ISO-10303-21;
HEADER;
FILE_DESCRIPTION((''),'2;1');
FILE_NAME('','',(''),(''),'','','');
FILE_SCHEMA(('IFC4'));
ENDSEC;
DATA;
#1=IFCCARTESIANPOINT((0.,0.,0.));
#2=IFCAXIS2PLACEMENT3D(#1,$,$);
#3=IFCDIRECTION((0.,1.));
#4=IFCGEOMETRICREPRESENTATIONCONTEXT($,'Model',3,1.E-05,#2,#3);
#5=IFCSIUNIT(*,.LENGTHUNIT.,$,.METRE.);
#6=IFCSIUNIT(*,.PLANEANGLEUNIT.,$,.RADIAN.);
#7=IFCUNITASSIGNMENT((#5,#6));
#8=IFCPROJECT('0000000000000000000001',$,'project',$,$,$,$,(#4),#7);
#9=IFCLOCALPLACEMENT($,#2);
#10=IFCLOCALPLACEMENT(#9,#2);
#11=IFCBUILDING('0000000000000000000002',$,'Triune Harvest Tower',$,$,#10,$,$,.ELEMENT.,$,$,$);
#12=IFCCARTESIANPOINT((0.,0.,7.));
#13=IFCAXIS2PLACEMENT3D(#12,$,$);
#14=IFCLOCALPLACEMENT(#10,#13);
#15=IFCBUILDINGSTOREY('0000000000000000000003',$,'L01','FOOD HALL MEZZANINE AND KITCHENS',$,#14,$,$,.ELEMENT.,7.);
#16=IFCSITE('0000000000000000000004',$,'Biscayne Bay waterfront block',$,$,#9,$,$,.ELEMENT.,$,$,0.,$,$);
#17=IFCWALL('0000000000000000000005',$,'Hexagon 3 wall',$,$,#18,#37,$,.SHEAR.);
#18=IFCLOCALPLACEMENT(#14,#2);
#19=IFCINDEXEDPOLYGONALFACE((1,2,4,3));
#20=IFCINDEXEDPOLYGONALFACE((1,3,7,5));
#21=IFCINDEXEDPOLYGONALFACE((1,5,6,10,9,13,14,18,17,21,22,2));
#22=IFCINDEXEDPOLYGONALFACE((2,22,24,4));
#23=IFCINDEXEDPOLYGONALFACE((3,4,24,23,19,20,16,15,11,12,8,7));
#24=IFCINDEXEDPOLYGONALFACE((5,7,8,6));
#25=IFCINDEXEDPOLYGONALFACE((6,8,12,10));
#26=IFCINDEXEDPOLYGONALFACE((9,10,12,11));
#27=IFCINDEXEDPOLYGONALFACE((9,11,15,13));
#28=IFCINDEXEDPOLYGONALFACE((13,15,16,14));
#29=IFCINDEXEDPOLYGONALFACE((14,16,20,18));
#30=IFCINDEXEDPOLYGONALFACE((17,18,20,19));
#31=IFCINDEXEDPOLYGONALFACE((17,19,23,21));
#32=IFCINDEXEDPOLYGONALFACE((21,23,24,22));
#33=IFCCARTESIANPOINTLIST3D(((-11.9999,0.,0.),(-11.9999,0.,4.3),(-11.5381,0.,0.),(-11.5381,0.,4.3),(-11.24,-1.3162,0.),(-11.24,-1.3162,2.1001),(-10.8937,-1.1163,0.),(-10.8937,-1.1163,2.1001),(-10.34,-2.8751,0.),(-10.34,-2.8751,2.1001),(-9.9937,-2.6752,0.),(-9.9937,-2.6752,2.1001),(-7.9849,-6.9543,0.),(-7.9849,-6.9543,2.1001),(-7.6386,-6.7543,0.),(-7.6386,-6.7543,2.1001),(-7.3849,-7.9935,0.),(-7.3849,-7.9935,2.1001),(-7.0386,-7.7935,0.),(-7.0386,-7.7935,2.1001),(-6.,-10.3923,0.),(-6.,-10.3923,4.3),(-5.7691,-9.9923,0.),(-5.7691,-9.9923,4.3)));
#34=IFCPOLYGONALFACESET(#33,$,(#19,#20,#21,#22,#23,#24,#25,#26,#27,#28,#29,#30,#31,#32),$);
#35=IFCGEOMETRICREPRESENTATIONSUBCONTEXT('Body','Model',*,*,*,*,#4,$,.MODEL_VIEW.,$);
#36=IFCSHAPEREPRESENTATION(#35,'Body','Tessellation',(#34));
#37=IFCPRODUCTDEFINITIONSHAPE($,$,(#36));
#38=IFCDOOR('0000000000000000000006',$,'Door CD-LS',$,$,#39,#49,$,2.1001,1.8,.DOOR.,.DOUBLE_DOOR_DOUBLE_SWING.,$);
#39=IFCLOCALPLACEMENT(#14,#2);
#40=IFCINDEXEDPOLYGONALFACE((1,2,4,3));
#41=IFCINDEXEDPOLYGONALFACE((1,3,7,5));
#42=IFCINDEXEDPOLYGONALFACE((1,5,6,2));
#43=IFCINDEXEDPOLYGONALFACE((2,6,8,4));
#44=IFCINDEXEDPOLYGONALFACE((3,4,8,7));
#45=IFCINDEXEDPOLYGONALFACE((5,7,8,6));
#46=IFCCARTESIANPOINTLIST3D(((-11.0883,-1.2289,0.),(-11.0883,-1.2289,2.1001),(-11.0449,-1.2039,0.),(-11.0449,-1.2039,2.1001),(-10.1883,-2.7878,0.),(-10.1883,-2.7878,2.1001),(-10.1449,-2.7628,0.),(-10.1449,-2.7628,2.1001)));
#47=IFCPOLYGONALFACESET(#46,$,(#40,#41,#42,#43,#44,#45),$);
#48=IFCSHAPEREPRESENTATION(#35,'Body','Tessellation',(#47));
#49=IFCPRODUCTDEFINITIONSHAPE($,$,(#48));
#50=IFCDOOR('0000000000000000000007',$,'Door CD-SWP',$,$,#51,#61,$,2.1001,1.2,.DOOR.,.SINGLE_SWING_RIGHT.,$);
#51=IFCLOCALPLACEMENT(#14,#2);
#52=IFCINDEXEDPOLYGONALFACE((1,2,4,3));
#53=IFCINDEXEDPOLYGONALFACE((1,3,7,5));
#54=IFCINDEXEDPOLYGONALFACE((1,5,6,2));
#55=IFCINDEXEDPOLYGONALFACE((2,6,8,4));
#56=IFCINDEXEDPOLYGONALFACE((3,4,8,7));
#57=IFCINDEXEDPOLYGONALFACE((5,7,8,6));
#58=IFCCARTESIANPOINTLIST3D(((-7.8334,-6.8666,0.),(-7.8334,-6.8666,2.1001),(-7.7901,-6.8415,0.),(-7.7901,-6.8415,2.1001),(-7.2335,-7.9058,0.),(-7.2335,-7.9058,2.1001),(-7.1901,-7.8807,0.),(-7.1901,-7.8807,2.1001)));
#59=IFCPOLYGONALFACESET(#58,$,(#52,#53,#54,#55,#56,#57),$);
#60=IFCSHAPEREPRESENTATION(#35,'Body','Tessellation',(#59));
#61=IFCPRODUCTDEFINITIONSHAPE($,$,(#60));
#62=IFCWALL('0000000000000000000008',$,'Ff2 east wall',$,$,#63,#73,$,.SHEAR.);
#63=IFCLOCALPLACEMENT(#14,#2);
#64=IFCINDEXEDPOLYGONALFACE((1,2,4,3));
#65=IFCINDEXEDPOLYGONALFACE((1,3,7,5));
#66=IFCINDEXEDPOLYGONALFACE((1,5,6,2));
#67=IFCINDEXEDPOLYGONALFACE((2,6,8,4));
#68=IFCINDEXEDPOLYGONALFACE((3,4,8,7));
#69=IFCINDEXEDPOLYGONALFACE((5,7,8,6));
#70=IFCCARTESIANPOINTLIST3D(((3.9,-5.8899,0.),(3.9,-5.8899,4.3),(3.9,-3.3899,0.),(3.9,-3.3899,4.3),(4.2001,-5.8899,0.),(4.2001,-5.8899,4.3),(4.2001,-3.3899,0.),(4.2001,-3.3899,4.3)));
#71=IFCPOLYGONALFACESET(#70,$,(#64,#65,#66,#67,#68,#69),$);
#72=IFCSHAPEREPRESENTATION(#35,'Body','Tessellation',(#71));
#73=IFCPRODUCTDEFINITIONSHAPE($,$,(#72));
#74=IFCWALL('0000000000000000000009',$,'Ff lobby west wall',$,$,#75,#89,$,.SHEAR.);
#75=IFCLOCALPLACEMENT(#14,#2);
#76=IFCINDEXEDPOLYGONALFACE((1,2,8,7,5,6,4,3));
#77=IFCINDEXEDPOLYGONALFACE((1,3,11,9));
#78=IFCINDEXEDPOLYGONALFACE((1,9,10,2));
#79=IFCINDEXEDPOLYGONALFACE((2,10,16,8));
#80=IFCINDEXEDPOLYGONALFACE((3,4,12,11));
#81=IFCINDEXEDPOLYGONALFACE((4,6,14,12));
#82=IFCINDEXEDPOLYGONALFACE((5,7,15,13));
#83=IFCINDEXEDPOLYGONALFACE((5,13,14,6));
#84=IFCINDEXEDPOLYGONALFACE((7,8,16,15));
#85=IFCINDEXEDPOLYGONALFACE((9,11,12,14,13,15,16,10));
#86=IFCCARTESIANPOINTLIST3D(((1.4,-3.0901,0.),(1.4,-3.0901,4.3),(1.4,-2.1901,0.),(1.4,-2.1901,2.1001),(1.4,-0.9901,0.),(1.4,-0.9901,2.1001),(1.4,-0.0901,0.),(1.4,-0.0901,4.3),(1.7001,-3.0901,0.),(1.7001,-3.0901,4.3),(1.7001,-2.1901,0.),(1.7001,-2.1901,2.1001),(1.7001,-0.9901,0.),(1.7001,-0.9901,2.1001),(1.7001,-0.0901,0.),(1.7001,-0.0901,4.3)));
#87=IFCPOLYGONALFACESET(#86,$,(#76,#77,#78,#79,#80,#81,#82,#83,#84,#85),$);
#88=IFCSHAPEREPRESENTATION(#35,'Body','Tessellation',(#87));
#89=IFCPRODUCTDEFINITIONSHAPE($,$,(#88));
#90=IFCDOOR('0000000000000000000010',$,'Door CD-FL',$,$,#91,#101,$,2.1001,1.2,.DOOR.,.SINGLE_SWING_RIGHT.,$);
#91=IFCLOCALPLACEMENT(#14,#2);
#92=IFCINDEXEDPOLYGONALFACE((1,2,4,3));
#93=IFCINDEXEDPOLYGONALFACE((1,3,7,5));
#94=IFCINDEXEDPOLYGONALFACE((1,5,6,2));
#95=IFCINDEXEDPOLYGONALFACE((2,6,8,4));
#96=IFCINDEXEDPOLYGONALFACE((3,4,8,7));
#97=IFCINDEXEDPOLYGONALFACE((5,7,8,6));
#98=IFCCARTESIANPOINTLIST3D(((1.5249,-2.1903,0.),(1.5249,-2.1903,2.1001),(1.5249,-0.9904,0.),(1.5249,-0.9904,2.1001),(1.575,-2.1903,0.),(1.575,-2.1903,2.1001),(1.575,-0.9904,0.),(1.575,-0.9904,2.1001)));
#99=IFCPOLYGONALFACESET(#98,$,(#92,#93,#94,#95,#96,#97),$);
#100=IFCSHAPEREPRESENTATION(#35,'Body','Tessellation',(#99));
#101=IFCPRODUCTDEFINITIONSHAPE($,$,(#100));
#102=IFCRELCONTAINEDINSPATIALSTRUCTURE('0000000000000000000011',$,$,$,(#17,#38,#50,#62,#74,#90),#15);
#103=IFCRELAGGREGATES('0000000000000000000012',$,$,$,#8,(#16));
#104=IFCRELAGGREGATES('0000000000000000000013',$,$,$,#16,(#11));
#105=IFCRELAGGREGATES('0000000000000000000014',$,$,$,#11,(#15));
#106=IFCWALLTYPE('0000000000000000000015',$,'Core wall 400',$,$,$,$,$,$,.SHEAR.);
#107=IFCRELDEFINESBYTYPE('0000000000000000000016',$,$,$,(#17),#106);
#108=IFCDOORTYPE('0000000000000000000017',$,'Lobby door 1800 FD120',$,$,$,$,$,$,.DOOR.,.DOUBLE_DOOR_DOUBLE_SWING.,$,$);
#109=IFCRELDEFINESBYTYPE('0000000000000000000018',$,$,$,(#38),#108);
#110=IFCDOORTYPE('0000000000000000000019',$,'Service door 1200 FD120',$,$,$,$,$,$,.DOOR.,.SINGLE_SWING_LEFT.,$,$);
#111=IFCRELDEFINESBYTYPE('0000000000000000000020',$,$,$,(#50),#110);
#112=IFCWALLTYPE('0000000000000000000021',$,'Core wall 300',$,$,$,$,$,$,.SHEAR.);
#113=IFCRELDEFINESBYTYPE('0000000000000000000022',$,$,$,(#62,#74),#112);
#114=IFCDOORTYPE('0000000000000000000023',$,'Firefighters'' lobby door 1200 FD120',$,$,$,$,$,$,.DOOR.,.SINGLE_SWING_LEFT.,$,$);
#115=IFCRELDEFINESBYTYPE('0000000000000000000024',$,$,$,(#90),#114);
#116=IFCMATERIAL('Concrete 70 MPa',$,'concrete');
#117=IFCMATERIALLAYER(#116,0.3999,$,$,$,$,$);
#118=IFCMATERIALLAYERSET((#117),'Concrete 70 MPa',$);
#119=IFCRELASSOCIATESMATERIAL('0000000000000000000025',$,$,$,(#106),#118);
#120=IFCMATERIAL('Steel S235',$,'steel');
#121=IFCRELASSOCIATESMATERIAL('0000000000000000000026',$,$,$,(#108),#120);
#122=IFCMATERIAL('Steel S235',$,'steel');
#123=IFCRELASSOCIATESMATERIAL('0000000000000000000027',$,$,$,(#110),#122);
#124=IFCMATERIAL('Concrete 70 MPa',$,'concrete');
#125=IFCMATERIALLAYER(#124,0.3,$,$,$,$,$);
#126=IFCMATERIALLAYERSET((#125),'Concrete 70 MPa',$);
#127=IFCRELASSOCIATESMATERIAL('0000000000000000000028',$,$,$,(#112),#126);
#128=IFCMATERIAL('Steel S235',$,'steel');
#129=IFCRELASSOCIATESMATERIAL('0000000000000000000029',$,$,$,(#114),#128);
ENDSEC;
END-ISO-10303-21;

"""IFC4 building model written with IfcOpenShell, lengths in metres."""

from ifc_helpers import new_model, si_unit, direction, frame, frame_2d, origin, place, context, subcontext, project, spatial, polyline, rectangle, outline, extrude, source, transform, mapped, material, layer, layer_set, type_object, element, fill, save


model = new_model("IFC4")

# Units and contexts
model_context = context("Model", 3, precision=1e-05, world=origin(), true_north=direction((0.0, 1.0)))
body_context = subcontext(model_context, "Body", "Model", "MODEL_VIEW")
ifc_project = project(units=[si_unit("LENGTHUNIT", "METRE"), si_unit("PLANEANGLEUNIT", "RADIAN")], contexts=[model_context])

# Site, building, storey
site_placement = place(None, origin())
site = spatial("IfcSite", under=ifc_project, at=site_placement, Name="Biscayne Bay waterfront block", CompositionType="ELEMENT", RefElevation=0.0)
building_placement = place(site_placement, origin())
building = spatial("IfcBuilding", under=site, at=building_placement, Name="Triune Harvest Tower", CompositionType="ELEMENT")
storey_placement = place(building_placement, frame((0.0, 0.0, 7.0)))
storey = spatial("IfcBuildingStorey", under=building, at=storey_placement, Name="L01", Description="FOOD HALL MEZZANINE AND KITCHENS", CompositionType="ELEMENT", Elevation=7.0)

# Wall, openings, doors
ifc_material_1 = material(Name="Concrete 70 MPa", Category="concrete")
ifc_layer_1 = layer(ifc_material_1, 0.3999)
ifc_layer_set_1 = layer_set([ifc_layer_1], Name="Concrete 70 MPa")
wall_type_1 = type_object("IfcWallType", Name="Core wall 400", PredefinedType="SHEAR", material=ifc_layer_set_1)
shared_shape_1 = source(origin(), body_context, "Body", "SweptSolid", [
    extrude(outline(polyline([(-0.1155, -0.2), (11.8845, -0.2), (11.6536, 0.2), (0.1155, 0.2), (-0.1155, -0.2)])), origin(), (0.0, 0.0, 1.0), 4.3),
])
wall_1_placement = place(storey_placement, frame((-11.769, 0.0, 0.0), z_axis=(0.0, 0.0, 1.0), x_axis=(0.499997, -0.866027, 0.0)))
wall_1 = element("IfcWall", 1, at=wall_1_placement, inside=storey, type_object=wall_type_1, Name="Hexagon 3 wall", PredefinedType="SHEAR", context=body_context, shape_type="MappedRepresentation", body=[
    mapped(shared_shape_1, transform((0.0, 0.0, 0.0), scale=1.0)),
])
opening_1_placement = place(wall_1_placement, frame((1.4045, 0.0, 0.0)))
opening_1 = element("IfcOpeningElement", 2, at=opening_1_placement, cuts=wall_1, PredefinedType="OPENING", context=body_context, shape_type="SweptSolid", body=[
    extrude(rectangle(XDim=1.8, YDim=2.1001, at=frame_2d((0.8999, 1.05))), frame((0.0, 0.21, 0.0), z_axis=(0.0, -1.0, 0.0), x_axis=(1.0, 0.0, 0.0)), (0.0, 0.0, 1.0), 0.4199),
])
opening_2_placement = place(wall_1_placement, frame((7.9146, 0.0, 0.0)))
opening_2 = element("IfcOpeningElement", 3, at=opening_2_placement, cuts=wall_1, PredefinedType="OPENING", context=body_context, shape_type="SweptSolid", body=[
    extrude(rectangle(XDim=1.2, YDim=2.1001, at=frame_2d((0.6001, 1.05))), frame((0.0, 0.21, 0.0), z_axis=(0.0, -1.0, 0.0), x_axis=(1.0, 0.0, 0.0)), (0.0, 0.0, 1.0), 0.4199),
])
ifc_material_2 = material(Name="Steel S235", Category="steel")
door_type_1 = type_object("IfcDoorType", Name="Lobby door 1800 FD120", OperationType="DOUBLE_DOOR_DOUBLE_SWING", PredefinedType="DOOR", material=ifc_material_2)
door_1_placement = place(opening_1_placement, frame((1.8, 0.0, 0.0), z_axis=(0.0, 0.0, 1.0), x_axis=(-1.0, 0.0, 0.0)))
door_1 = element("IfcDoor", 4, at=door_1_placement, inside=storey, type_object=door_type_1, Name="Door CD-LS", OperationType="DOUBLE_DOOR_DOUBLE_SWING", OverallHeight=2.1001, OverallWidth=1.8, PredefinedType="DOOR", context=body_context, shape_type="SweptSolid", body=[
    extrude(rectangle(XDim=1.8, YDim=2.1001, at=frame_2d((0.8999, 1.05))), frame((0.0, 0.0249, 0.0), z_axis=(0.0, -1.0, 0.0), x_axis=(1.0, 0.0, 0.0)), (0.0, 0.0, 1.0), 0.05),
])
fill(opening_1, door_1)
ifc_material_3 = material(Name="Steel S235", Category="steel")
door_type_2 = type_object("IfcDoorType", Name="Service door 1200 FD120", OperationType="SINGLE_SWING_LEFT", PredefinedType="DOOR", material=ifc_material_3)
door_2_placement = place(opening_2_placement, frame((1.2, 0.0, 0.0), z_axis=(0.0, 0.0, 1.0), x_axis=(-1.0, 0.0, 0.0)))
door_2 = element("IfcDoor", 5, at=door_2_placement, inside=storey, type_object=door_type_2, Name="Door CD-SWP", OperationType="SINGLE_SWING_RIGHT", OverallHeight=2.1001, OverallWidth=1.2, PredefinedType="DOOR", context=body_context, shape_type="SweptSolid", body=[
    extrude(rectangle(XDim=1.2, YDim=2.1001, at=frame_2d((0.6001, 1.05))), frame((0.0, 0.0249, 0.0), z_axis=(0.0, -1.0, 0.0), x_axis=(1.0, 0.0, 0.0)), (0.0, 0.0, 1.0), 0.05),
])
fill(opening_2, door_2)

# Wall
ifc_material_4 = material(Name="Concrete 70 MPa", Category="concrete")
ifc_layer_2 = layer(ifc_material_4, 0.3)
ifc_layer_set_2 = layer_set([ifc_layer_2], Name="Concrete 70 MPa")
wall_type_2 = type_object("IfcWallType", Name="Core wall 300", PredefinedType="SHEAR", material=ifc_layer_set_2)
shared_shape_2 = source(origin(), body_context, "Body", "SweptSolid", [
    extrude(rectangle(XDim=2.5, YDim=0.3, at=frame_2d((1.25, 0.0))), origin(), (0.0, 0.0, 1.0), 4.3),
])
wall_2_placement = place(storey_placement, frame((4.05, -5.8899, 0.0), z_axis=(0.0, 0.0, 1.0), x_axis=(0.0, 1.0, 0.0)))
element("IfcWall", 6, at=wall_2_placement, inside=storey, type_object=wall_type_2, Name="Ff2 east wall", PredefinedType="SHEAR", context=body_context, shape_type="MappedRepresentation", body=[
    mapped(shared_shape_2, transform((0.0, 0.0, 0.0), scale=1.0)),
])

# Wall, opening, door
shared_shape_3 = source(origin(), body_context, "Body", "SweptSolid", [
    extrude(rectangle(XDim=3.0, YDim=0.3, at=frame_2d((1.5, 0.0))), origin(), (0.0, 0.0, 1.0), 4.3),
])
wall_3_placement = place(storey_placement, frame((1.55, -3.0901, 0.0), z_axis=(0.0, 0.0, 1.0), x_axis=(0.0, 1.0, 0.0)))
wall_3 = element("IfcWall", 7, at=wall_3_placement, inside=storey, type_object=wall_type_2, Name="Ff lobby west wall", PredefinedType="SHEAR", context=body_context, shape_type="MappedRepresentation", body=[
    mapped(shared_shape_3, transform((0.0, 0.0, 0.0), scale=1.0)),
])
opening_3_placement = place(wall_3_placement, frame((0.8999, 0.0, 0.0)))
opening_3 = element("IfcOpeningElement", 8, at=opening_3_placement, cuts=wall_3, PredefinedType="OPENING", context=body_context, shape_type="SweptSolid", body=[
    extrude(rectangle(XDim=1.2, YDim=2.1001, at=frame_2d((0.6001, 1.05))), frame((0.0, 0.1602, 0.0), z_axis=(0.0, -1.0, 0.0), x_axis=(1.0, 0.0, 0.0)), (0.0, 0.0, 1.0), 0.3201),
])
ifc_material_5 = material(Name="Steel S235", Category="steel")
door_type_3 = type_object("IfcDoorType", Name="Firefighters' lobby door 1200 FD120", OperationType="SINGLE_SWING_LEFT", PredefinedType="DOOR", material=ifc_material_5)
door_3_placement = place(opening_3_placement, frame((1.2, 0.0, 0.0), z_axis=(0.0, 0.0, 1.0), x_axis=(-1.0, 0.0, 0.0)))
door_3 = element("IfcDoor", 9, at=door_3_placement, inside=storey, type_object=door_type_3, Name="Door CD-FL", OperationType="SINGLE_SWING_RIGHT", OverallHeight=2.1001, OverallWidth=1.2, PredefinedType="DOOR", context=body_context, shape_type="SweptSolid", body=[
    extrude(rectangle(XDim=1.2, YDim=2.1001, at=frame_2d((0.6001, 1.05))), frame((0.0, 0.0249, 0.0), z_axis=(0.0, -1.0, 0.0), x_axis=(1.0, 0.0, 0.0)), (0.0, 0.0, 1.0), 0.05),
])
fill(opening_3, door_3)

save(model, "model.ifc")
